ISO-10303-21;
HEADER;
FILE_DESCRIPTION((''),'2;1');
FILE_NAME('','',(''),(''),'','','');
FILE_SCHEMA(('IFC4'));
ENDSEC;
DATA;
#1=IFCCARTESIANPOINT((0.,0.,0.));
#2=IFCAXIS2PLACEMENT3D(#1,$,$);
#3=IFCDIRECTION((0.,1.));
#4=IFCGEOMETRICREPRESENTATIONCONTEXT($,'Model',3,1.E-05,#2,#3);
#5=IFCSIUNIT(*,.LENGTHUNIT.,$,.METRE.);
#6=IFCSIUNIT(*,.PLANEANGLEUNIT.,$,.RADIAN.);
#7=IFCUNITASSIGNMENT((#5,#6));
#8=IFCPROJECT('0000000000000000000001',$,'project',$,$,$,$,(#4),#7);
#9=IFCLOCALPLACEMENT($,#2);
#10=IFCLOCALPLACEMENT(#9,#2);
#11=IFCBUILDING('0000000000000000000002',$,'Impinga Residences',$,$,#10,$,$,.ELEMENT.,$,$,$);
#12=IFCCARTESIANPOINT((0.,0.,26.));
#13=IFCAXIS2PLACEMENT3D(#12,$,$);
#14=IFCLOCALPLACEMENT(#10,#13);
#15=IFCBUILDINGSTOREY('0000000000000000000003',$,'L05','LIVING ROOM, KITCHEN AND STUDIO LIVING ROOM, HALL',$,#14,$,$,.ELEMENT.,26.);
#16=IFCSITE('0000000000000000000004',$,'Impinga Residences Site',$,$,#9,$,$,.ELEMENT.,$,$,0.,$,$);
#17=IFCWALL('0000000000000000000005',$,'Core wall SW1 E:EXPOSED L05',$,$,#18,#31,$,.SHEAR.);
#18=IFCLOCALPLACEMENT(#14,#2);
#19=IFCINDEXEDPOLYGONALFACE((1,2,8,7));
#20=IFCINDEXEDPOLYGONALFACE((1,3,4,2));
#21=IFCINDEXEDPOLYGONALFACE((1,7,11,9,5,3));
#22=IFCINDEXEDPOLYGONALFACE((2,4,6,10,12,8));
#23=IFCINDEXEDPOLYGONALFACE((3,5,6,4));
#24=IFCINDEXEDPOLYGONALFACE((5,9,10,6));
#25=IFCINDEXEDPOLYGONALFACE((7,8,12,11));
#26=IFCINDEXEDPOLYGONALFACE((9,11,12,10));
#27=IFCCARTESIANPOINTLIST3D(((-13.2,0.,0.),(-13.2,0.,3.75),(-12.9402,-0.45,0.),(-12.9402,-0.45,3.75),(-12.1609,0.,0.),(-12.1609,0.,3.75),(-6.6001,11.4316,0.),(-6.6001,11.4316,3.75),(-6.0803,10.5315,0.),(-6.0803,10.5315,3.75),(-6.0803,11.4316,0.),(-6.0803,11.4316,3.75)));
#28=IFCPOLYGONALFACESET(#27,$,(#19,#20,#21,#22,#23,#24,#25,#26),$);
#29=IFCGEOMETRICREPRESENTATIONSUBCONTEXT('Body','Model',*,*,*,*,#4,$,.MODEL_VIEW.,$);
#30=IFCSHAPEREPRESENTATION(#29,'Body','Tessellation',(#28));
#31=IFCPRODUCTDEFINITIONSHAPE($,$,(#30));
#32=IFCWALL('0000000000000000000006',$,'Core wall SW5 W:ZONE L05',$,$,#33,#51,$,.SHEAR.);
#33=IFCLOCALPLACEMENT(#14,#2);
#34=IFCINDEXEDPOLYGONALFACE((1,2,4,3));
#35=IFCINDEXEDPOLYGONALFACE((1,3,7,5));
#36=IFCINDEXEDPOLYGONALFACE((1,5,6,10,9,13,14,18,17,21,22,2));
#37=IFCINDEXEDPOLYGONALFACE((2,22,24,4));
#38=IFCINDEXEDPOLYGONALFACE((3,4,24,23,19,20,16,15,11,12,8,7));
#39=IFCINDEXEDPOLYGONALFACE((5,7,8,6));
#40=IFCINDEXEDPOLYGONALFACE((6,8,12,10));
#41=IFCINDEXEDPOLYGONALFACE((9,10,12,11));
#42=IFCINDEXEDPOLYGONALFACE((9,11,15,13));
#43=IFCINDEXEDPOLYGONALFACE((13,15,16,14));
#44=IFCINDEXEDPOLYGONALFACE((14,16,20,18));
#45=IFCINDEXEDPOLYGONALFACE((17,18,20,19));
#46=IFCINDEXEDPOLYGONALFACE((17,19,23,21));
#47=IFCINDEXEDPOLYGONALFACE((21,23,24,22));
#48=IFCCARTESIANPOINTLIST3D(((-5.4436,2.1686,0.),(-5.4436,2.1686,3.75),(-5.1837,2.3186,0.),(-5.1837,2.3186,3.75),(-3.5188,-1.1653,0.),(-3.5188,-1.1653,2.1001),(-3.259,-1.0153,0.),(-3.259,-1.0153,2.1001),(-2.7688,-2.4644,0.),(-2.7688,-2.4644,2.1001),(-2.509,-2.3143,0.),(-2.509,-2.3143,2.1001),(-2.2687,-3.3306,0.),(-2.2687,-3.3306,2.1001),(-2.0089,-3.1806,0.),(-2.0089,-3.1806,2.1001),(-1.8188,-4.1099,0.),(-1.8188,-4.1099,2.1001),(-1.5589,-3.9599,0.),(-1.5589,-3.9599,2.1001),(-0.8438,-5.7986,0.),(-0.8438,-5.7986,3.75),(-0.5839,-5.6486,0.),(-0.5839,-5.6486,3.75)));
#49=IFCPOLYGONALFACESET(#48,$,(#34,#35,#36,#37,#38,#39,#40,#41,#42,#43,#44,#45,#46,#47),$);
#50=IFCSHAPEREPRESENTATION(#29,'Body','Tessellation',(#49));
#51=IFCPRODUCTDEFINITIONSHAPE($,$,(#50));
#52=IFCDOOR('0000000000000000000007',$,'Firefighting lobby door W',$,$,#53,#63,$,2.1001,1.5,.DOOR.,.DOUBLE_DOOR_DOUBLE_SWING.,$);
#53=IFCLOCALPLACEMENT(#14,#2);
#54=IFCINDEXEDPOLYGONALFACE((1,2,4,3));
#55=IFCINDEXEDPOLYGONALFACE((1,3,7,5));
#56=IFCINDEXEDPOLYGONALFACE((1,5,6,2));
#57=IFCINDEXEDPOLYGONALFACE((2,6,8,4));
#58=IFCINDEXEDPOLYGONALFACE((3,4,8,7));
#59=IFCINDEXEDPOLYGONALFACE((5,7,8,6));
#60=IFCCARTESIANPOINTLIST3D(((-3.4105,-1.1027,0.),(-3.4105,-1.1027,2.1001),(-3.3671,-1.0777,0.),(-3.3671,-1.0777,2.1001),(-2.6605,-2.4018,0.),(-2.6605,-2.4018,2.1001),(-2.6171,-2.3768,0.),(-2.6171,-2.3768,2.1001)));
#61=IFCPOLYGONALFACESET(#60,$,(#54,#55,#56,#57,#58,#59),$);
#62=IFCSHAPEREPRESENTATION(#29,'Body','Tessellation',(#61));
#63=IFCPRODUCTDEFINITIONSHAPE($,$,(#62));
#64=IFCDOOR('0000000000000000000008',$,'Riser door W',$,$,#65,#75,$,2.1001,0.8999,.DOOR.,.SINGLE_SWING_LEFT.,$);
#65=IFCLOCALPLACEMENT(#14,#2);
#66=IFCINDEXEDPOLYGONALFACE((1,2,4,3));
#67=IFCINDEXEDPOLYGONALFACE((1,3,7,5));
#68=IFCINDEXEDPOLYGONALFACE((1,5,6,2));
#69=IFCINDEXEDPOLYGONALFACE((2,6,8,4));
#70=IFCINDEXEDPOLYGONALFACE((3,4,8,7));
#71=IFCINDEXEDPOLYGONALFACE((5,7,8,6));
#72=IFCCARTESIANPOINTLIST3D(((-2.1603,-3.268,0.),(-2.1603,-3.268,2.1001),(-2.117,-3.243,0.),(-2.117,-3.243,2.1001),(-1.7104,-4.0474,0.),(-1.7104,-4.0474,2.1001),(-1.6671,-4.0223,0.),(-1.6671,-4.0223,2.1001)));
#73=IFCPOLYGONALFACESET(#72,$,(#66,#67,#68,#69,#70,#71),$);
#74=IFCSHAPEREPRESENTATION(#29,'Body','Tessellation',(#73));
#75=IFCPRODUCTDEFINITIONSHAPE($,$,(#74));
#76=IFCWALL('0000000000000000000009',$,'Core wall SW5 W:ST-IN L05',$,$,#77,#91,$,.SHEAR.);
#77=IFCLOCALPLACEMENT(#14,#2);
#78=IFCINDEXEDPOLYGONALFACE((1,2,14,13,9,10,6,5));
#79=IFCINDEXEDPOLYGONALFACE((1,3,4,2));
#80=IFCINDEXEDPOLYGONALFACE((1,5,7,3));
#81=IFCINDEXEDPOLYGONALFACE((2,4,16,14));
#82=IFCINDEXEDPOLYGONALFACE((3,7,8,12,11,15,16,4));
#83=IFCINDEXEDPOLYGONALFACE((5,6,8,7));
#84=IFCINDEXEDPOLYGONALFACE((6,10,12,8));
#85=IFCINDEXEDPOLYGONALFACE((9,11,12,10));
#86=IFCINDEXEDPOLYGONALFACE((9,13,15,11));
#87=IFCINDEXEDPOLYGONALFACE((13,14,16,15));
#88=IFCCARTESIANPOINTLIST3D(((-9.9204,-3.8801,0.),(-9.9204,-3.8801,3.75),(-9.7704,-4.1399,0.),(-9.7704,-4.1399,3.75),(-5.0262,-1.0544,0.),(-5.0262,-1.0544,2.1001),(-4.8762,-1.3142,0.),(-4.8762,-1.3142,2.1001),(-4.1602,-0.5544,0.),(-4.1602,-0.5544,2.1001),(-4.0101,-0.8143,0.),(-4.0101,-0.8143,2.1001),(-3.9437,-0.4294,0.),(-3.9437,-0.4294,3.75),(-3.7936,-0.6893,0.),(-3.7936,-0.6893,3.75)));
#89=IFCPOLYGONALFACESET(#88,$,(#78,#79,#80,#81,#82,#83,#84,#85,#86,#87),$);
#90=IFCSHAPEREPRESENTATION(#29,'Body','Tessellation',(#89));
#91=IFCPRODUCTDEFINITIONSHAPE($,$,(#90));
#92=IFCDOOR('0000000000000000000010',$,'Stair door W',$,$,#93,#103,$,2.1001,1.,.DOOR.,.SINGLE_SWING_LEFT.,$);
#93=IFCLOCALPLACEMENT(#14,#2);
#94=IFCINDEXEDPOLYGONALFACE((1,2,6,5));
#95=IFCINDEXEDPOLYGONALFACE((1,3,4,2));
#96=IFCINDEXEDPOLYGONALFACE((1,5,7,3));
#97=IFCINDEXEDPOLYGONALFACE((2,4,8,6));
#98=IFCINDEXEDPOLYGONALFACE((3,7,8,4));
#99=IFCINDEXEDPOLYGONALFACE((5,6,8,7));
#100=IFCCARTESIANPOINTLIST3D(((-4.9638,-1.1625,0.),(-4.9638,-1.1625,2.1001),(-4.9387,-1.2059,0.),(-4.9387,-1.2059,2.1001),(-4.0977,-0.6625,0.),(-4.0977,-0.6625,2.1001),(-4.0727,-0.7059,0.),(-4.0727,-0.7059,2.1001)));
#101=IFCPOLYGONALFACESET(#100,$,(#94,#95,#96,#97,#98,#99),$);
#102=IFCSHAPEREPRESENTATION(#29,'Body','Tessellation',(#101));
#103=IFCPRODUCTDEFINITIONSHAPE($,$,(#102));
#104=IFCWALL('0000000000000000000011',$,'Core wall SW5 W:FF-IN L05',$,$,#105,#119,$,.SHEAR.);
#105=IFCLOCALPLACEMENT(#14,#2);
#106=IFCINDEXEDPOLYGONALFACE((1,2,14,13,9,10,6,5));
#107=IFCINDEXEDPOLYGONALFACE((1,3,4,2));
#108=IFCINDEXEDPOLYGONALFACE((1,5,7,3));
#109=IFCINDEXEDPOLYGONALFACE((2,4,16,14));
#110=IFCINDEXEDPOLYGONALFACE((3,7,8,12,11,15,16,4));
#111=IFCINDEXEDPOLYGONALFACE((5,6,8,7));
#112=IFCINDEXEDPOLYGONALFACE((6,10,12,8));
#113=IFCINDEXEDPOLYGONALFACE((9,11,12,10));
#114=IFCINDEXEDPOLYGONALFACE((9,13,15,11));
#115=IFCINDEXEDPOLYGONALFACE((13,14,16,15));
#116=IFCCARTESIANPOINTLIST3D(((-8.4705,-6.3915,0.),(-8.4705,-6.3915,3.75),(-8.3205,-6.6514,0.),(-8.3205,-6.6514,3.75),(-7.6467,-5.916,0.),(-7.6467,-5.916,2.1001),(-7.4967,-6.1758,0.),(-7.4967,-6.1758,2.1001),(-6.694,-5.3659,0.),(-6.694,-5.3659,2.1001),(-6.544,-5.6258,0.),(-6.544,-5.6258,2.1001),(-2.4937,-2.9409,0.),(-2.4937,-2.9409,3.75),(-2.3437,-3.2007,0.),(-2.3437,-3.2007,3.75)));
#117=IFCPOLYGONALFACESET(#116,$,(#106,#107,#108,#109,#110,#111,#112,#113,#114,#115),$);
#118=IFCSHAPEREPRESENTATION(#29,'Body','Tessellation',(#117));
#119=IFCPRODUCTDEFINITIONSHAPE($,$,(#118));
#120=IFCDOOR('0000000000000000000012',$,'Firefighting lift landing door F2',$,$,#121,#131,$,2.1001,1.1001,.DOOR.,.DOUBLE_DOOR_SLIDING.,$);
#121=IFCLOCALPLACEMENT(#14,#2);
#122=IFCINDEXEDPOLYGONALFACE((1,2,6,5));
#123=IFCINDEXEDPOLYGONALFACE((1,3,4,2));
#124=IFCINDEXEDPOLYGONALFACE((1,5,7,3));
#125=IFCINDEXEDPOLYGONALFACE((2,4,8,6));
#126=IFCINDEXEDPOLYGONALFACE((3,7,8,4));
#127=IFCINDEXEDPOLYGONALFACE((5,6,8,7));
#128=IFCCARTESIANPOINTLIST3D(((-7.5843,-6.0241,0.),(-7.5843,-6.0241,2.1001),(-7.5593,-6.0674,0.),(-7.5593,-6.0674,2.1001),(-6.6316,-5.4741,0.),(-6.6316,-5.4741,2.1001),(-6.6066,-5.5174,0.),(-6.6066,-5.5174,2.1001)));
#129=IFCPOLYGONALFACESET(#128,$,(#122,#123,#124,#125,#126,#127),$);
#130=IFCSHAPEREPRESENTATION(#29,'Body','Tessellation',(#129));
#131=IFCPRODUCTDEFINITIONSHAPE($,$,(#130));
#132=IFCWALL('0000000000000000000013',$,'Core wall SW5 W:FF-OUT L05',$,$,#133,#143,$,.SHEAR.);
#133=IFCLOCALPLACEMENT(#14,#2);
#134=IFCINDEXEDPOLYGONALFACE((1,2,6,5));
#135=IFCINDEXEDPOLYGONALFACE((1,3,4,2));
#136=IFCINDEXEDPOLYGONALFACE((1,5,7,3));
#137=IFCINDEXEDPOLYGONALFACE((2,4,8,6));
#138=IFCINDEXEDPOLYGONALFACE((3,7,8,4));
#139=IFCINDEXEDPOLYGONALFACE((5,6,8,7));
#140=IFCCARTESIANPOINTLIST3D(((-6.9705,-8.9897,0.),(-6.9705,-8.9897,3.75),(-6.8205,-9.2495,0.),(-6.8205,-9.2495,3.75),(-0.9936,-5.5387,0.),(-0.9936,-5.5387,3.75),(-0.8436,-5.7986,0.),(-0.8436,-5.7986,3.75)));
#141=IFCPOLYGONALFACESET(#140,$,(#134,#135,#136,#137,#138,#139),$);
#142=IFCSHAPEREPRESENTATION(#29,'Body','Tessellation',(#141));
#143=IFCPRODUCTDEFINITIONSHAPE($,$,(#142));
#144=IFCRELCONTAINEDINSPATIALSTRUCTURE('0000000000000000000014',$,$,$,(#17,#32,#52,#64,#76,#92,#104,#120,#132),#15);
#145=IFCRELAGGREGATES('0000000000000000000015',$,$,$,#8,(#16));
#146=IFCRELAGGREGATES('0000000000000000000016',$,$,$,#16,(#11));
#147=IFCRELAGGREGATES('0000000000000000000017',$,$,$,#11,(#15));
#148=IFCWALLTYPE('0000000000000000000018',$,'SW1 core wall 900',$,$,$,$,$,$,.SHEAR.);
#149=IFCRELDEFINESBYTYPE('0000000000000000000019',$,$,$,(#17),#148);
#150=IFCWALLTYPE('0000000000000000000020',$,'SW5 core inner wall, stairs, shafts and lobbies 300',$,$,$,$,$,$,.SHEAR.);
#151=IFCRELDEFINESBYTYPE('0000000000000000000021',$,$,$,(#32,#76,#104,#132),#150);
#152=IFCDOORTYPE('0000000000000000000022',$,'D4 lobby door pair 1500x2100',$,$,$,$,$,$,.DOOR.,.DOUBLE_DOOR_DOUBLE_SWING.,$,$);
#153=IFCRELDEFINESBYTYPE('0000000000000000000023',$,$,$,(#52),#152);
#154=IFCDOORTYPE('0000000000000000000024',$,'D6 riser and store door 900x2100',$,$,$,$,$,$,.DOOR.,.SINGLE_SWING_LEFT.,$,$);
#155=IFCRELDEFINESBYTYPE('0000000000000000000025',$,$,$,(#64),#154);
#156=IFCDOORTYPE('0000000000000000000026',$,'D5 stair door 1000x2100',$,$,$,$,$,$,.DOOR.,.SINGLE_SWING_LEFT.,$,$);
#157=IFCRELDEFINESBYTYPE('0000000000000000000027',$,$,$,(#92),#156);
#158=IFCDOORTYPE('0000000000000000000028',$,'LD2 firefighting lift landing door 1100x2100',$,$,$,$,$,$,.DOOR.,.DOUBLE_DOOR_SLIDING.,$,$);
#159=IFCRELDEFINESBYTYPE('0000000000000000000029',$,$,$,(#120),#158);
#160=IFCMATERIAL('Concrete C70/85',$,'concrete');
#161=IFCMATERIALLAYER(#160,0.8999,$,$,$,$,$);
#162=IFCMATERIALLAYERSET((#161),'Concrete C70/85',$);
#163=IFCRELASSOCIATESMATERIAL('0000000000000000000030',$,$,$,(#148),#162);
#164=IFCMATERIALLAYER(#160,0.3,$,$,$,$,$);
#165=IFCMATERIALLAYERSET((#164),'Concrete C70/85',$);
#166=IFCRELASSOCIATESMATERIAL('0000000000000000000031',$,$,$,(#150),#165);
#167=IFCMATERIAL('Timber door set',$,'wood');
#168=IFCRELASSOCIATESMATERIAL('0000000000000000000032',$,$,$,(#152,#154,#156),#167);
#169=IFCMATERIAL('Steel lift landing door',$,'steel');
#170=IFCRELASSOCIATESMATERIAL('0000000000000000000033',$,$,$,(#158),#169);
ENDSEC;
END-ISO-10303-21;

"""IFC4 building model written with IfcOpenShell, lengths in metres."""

from ifc_helpers import new_model, si_unit, direction, frame, frame_2d, origin, place, context, subcontext, project, spatial, polyline, rectangle, outline, extrude, material, layer, layer_set, type_object, element, fill, save


model = new_model("IFC4")

# Units and contexts
model_context = context("Model", 3, precision=1e-05, world=origin(), true_north=direction((0.0, 1.0)))
body_context = subcontext(model_context, "Body", "Model", "MODEL_VIEW")
ifc_project = project(units=[si_unit("LENGTHUNIT", "METRE"), si_unit("PLANEANGLEUNIT", "RADIAN")], contexts=[model_context])

# Site, building, storey
site_placement = place(None, origin())
site = spatial("IfcSite", under=ifc_project, at=site_placement, Name="Impinga Residences Site", CompositionType="ELEMENT", RefElevation=0.0)
building_placement = place(site_placement, origin())
building = spatial("IfcBuilding", under=site, at=building_placement, Name="Impinga Residences", CompositionType="ELEMENT")
storey_placement = place(building_placement, frame((0.0, 0.0, 26.0)))
storey = spatial("IfcBuildingStorey", under=building, at=storey_placement, Name="L05", Description="LIVING ROOM, KITCHEN AND STUDIO LIVING ROOM, HALL", CompositionType="ELEMENT", Elevation=26.0)

# Wall
ifc_material_1 = material(Name="Concrete C70/85", Category="concrete")
ifc_layer_1 = layer(ifc_material_1, 0.8999)
ifc_layer_set_1 = layer_set([ifc_layer_1], Name="Concrete C70/85")
wall_type_1 = type_object("IfcWallType", Name="SW1 core wall 900", PredefinedType="SHEAR", material=ifc_layer_set_1)
wall_1_placement = place(storey_placement, origin())
element("IfcWall", 1, at=wall_1_placement, inside=storey, type_object=wall_type_1, Name="Core wall SW1 E:EXPOSED L05", PredefinedType="SHEAR", context=body_context, shape_type="SweptSolid", body=[
    extrude(outline(polyline([(-6.6001, 11.4316), (-13.2, 0.0), (-12.9402, -0.45), (-12.1609, 0.0), (-6.0803, 10.5315), (-6.0803, 11.4316), (-6.6001, 11.4316)])), origin(), (0.0, 0.0, 1.0), 3.75),
])

# Wall, openings, doors
ifc_layer_2 = layer(ifc_material_1, 0.3)
ifc_layer_set_2 = layer_set([ifc_layer_2], Name="Concrete C70/85")
wall_type_2 = type_object("IfcWallType", Name="SW5 core inner wall, stairs, shafts and lobbies 300", PredefinedType="SHEAR", material=ifc_layer_set_2)
wall_2_placement = place(storey_placement, frame((-0.7139, -5.7236, 0.0), z_axis=(0.0, 0.0, 1.0), x_axis=(-0.499995, 0.866028, 0.0)))
wall_2 = element("IfcWall", 2, at=wall_2_placement, inside=storey, type_object=wall_type_2, Name="Core wall SW5 W:ZONE L05", PredefinedType="SHEAR", context=body_context, shape_type="SweptSolid", body=[
    extrude(rectangle(XDim=9.1997, YDim=0.3, at=frame_2d((4.5999, 0.0))), origin(), (0.0, 0.0, 1.0), 3.75),
])
opening_1_placement = place(wall_2_placement, frame((3.8501, 0.0, 0.0)))
opening_1 = element("IfcOpeningElement", 3, at=opening_1_placement, cuts=wall_2, PredefinedType="OPENING", context=body_context, shape_type="SweptSolid", body=[
    extrude(rectangle(XDim=1.5, YDim=2.1001, at=frame_2d((0.75, 1.05))), frame((0.0, 0.1599, 0.0), z_axis=(0.0, -1.0, 0.0), x_axis=(1.0, 0.0, 0.0)), (0.0, 0.0, 1.0), 0.3201),
])
opening_2_placement = place(wall_2_placement, frame((1.95, 0.0, 0.0)))
opening_2 = element("IfcOpeningElement", 4, at=opening_2_placement, cuts=wall_2, PredefinedType="OPENING", context=body_context, shape_type="SweptSolid", body=[
    extrude(rectangle(XDim=0.8999, YDim=2.1001, at=frame_2d((0.45, 1.05))), frame((0.0, 0.1599, 0.0), z_axis=(0.0, -1.0, 0.0), x_axis=(1.0, 0.0, 0.0)), (0.0, 0.0, 1.0), 0.3201),
])
ifc_material_2 = material(Name="Timber door set", Category="wood")
door_type_1 = type_object("IfcDoorType", Name="D4 lobby door pair 1500x2100", OperationType="DOUBLE_DOOR_DOUBLE_SWING", PredefinedType="DOOR", material=ifc_material_2)
door_1_placement = place(opening_1_placement, origin())
door_1 = element("IfcDoor", 5, at=door_1_placement, inside=storey, type_object=door_type_1, Name="Firefighting lobby door W", OperationType="DOUBLE_DOOR_DOUBLE_SWING", OverallHeight=2.1001, OverallWidth=1.5, PredefinedType="DOOR", context=body_context, shape_type="SweptSolid", body=[
    extrude(rectangle(XDim=1.5, YDim=2.1001, at=frame_2d((0.75, 1.05))), frame((0.0, 0.0249, 0.0), z_axis=(0.0, -1.0, 0.0), x_axis=(1.0, 0.0, 0.0)), (0.0, 0.0, 1.0), 0.05),
])
fill(opening_1, door_1)
door_type_2 = type_object("IfcDoorType", Name="D6 riser and store door 900x2100", OperationType="SINGLE_SWING_LEFT", PredefinedType="DOOR", material=ifc_material_2)
door_2_placement = place(opening_2_placement, origin())
door_2 = element("IfcDoor", 6, at=door_2_placement, inside=storey, type_object=door_type_2, Name="Riser door W", OperationType="SINGLE_SWING_LEFT", OverallHeight=2.1001, OverallWidth=0.8999, PredefinedType="DOOR", context=body_context, shape_type="SweptSolid", body=[
    extrude(rectangle(XDim=0.8999, YDim=2.1001, at=frame_2d((0.45, 1.05))), frame((0.0, 0.0249, 0.0), z_axis=(0.0, -1.0, 0.0), x_axis=(1.0, 0.0, 0.0)), (0.0, 0.0, 1.0), 0.05),
])
fill(opening_2, door_2)

# Walls, openings, doors
wall_3_placement = place(storey_placement, frame((-3.8687, -0.5593, 0.0), z_axis=(0.0, 0.0, 1.0), x_axis=(-0.866027, -0.499997, 0.0)))
wall_3 = element("IfcWall", 7, at=wall_3_placement, inside=storey, type_object=wall_type_2, Name="Core wall SW5 W:ST-IN L05", PredefinedType="SHEAR", context=body_context, shape_type="SweptSolid", body=[
    extrude(rectangle(XDim=6.9014, YDim=0.3, at=frame_2d((3.4507, 0.0))), origin(), (0.0, 0.0, 1.0), 3.75),
])
opening_3_placement = place(wall_3_placement, frame((0.25, 0.0, 0.0)))
opening_3 = element("IfcOpeningElement", 8, at=opening_3_placement, cuts=wall_3, PredefinedType="OPENING", context=body_context, shape_type="SweptSolid", body=[
    extrude(rectangle(XDim=1.0, YDim=2.1001, at=frame_2d((0.5, 1.05))), frame((0.0, 0.1599, 0.0), z_axis=(0.0, -1.0, 0.0), x_axis=(1.0, 0.0, 0.0)), (0.0, 0.0, 1.0), 0.3201),
])
door_type_3 = type_object("IfcDoorType", Name="D5 stair door 1000x2100", OperationType="SINGLE_SWING_LEFT", PredefinedType="DOOR", material=ifc_material_2)
door_3_placement = place(opening_3_placement, origin())
door_3 = element("IfcDoor", 9, at=door_3_placement, inside=storey, type_object=door_type_3, Name="Stair door W", OperationType="SINGLE_SWING_LEFT", OverallHeight=2.1001, OverallWidth=1.0, PredefinedType="DOOR", context=body_context, shape_type="SweptSolid", body=[
    extrude(rectangle(XDim=1.0, YDim=2.1001, at=frame_2d((0.5, 1.05))), frame((0.0, 0.0249, 0.0), z_axis=(0.0, -1.0, 0.0), x_axis=(1.0, 0.0, 0.0)), (0.0, 0.0, 1.0), 0.05),
])
fill(opening_3, door_3)
wall_4_placement = place(storey_placement, frame((-2.4187, -3.0708, 0.0), z_axis=(0.0, 0.0, 1.0), x_axis=(-0.866027, -0.499997, 0.0)))
wall_4 = element("IfcWall", 10, at=wall_4_placement, inside=storey, type_object=wall_type_2, Name="Core wall SW5 W:FF-IN L05", PredefinedType="SHEAR", context=body_context, shape_type="SweptSolid", body=[
    extrude(rectangle(XDim=6.9014, YDim=0.3, at=frame_2d((3.4507, 0.0))), origin(), (0.0, 0.0, 1.0), 3.75),
])
opening_4_placement = place(wall_4_placement, frame((4.8501, 0.0, 0.0)))
opening_4 = element("IfcOpeningElement", 11, at=opening_4_placement, cuts=wall_4, PredefinedType="OPENING", context=body_context, shape_type="SweptSolid", body=[
    extrude(rectangle(XDim=1.1001, YDim=2.1001, at=frame_2d((0.55, 1.05))), frame((0.0, 0.1599, 0.0), z_axis=(0.0, -1.0, 0.0), x_axis=(1.0, 0.0, 0.0)), (0.0, 0.0, 1.0), 0.3201),
])
ifc_material_3 = material(Name="Steel lift landing door", Category="steel")
door_type_4 = type_object("IfcDoorType", Name="LD2 firefighting lift landing door 1100x2100", OperationType="DOUBLE_DOOR_SLIDING", PredefinedType="DOOR", material=ifc_material_3)
door_4_placement = place(opening_4_placement, origin())
door_4 = element("IfcDoor", 12, at=door_4_placement, inside=storey, type_object=door_type_4, Name="Firefighting lift landing door F2", OperationType="DOUBLE_DOOR_SLIDING", OverallHeight=2.1001, OverallWidth=1.1001, PredefinedType="DOOR", context=body_context, shape_type="SweptSolid", body=[
    extrude(rectangle(XDim=1.1001, YDim=2.1001, at=frame_2d((0.55, 1.05))), frame((0.0, 0.0249, 0.0), z_axis=(0.0, -1.0, 0.0), x_axis=(1.0, 0.0, 0.0)), (0.0, 0.0, 1.0), 0.05),
])
fill(opening_4, door_4)

# Wall
wall_5_placement = place(storey_placement, frame((-0.9187, -5.6687, 0.0), z_axis=(0.0, 0.0, 1.0), x_axis=(-0.866012, -0.500024, 0.0)))
element("IfcWall", 13, at=wall_5_placement, inside=storey, type_object=wall_type_2, Name="Core wall SW5 W:FF-OUT L05", PredefinedType="SHEAR", context=body_context, shape_type="SweptSolid", body=[
    extrude(rectangle(XDim=6.9016, YDim=0.3, at=frame_2d((3.4507, 0.0))), origin(), (0.0, 0.0, 1.0), 3.75),
])

save(model, "model.ifc")
